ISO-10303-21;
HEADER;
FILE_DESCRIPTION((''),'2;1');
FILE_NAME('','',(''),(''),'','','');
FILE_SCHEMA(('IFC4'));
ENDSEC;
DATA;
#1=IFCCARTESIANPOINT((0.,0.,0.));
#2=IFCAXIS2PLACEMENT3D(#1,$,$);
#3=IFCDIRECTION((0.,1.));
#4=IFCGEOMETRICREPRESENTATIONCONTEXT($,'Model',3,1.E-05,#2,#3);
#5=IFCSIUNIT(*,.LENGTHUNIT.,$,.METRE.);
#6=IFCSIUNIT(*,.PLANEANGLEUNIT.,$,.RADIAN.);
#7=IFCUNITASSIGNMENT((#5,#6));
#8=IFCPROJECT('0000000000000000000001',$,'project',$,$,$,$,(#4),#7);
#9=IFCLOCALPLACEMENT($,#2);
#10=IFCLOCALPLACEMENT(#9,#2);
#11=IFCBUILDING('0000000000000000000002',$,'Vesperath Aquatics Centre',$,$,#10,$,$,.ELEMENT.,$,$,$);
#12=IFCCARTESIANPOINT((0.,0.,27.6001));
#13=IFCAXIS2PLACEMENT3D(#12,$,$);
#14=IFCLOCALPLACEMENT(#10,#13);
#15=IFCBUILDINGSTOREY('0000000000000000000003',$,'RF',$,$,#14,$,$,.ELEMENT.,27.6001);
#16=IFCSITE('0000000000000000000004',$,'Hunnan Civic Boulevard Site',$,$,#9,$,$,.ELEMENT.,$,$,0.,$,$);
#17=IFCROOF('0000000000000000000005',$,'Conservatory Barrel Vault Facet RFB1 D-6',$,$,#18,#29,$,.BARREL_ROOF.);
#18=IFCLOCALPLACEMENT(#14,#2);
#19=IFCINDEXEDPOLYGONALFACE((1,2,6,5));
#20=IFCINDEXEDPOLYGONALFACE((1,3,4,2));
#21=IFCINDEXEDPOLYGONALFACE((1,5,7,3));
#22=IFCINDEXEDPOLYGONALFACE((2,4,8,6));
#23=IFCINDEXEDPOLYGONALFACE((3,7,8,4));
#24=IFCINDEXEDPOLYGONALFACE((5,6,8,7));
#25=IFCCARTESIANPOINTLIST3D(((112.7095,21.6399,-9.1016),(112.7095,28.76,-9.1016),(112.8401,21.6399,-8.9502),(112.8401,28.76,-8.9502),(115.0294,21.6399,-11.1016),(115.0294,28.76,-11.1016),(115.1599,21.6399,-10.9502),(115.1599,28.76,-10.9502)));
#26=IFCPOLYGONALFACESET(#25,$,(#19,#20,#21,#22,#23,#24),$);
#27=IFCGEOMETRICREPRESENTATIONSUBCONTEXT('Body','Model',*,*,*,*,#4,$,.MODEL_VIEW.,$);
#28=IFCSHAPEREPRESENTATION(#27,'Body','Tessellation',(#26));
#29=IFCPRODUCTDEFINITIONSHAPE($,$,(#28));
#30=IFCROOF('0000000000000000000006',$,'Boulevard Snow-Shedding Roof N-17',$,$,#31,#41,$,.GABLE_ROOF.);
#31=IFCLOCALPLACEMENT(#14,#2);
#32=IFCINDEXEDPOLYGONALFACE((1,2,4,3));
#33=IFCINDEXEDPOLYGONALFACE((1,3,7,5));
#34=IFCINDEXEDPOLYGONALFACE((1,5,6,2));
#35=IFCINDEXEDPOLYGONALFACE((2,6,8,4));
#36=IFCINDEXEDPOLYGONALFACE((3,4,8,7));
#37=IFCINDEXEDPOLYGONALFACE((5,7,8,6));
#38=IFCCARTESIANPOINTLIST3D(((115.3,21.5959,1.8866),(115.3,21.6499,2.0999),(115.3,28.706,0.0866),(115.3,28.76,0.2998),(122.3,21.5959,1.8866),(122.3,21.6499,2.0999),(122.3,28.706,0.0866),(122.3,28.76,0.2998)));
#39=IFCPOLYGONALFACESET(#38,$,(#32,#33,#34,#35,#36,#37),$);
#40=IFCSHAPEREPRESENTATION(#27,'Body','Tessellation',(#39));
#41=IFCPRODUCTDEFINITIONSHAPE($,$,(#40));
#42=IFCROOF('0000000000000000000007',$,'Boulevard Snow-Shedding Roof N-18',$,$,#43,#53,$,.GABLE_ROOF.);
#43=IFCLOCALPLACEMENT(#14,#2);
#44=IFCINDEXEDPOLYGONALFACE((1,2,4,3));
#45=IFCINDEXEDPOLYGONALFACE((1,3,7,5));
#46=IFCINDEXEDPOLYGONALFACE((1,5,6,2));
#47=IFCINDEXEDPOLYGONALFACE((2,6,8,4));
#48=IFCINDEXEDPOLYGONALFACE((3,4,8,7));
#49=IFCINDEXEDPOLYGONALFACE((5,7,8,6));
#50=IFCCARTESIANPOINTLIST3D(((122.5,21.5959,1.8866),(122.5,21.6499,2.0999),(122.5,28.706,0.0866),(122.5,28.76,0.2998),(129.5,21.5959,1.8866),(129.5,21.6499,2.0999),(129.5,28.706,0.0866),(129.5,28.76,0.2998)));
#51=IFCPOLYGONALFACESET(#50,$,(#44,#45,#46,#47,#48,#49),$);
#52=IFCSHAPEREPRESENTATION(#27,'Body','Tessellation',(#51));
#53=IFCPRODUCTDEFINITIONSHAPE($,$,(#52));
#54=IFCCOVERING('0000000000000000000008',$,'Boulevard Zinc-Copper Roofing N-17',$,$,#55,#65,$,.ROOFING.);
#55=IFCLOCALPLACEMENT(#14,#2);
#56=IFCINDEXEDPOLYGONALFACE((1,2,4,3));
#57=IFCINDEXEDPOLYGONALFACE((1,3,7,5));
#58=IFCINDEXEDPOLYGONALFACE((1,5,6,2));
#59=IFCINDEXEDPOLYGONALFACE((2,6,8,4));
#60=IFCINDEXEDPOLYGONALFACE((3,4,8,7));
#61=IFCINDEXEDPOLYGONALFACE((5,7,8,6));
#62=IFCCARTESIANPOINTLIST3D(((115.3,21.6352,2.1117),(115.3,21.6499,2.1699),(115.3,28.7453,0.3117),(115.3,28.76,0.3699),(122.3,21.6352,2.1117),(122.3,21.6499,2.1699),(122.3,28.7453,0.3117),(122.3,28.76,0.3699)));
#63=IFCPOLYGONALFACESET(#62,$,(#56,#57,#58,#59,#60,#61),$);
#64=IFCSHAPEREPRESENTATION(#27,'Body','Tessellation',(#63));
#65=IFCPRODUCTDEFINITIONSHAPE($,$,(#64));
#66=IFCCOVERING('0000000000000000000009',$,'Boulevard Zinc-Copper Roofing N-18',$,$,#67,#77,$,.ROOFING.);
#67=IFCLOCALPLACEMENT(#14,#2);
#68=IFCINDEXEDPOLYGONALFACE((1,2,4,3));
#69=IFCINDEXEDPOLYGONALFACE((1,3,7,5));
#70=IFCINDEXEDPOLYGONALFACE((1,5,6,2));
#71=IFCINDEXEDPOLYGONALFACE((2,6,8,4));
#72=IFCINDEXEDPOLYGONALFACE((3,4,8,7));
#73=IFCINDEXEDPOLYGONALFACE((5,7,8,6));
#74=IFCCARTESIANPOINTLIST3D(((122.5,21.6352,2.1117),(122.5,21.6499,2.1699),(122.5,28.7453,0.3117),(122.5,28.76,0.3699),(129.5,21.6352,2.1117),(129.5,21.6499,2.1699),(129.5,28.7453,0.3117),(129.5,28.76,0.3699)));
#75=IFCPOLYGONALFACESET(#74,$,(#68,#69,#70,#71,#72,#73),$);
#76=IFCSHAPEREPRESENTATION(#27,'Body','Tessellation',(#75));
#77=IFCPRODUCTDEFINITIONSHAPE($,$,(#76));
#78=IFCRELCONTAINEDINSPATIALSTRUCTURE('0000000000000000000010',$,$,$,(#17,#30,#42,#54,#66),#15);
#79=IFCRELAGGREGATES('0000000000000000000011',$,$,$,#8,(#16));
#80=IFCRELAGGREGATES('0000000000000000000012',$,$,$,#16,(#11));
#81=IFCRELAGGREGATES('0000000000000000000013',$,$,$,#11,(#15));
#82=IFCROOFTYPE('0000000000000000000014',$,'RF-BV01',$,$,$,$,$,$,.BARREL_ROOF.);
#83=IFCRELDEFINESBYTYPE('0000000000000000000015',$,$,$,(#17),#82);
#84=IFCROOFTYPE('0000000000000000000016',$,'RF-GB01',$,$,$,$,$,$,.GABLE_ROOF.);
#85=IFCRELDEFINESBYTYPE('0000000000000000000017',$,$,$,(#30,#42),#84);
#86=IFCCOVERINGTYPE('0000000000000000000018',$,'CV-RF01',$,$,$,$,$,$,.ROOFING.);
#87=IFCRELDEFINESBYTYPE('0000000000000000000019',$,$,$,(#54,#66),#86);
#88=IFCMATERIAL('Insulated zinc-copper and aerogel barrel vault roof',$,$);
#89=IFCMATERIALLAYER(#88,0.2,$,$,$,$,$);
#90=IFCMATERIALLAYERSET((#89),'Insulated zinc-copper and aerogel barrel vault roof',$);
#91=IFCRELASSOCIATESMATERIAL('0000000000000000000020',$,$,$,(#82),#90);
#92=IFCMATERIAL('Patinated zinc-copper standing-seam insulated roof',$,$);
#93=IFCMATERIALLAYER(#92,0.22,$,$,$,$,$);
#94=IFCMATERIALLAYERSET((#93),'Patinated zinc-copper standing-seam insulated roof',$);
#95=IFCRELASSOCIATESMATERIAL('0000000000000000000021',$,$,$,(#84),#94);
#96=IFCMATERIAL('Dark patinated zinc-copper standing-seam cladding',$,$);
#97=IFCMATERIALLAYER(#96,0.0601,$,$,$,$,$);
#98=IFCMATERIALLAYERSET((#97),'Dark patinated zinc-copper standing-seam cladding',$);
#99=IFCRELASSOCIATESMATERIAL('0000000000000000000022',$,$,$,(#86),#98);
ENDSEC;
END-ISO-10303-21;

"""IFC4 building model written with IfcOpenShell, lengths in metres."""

from ifc_helpers import new_model, si_unit, direction, frame, origin, place, context, subcontext, project, spatial, polyline, outline, extrude, material, layer, layer_set, type_object, element, save


model = new_model("IFC4")

# Units and contexts
model_context = context("Model", 3, precision=1e-05, world=origin(), true_north=direction((0.0, 1.0)))
body_context = subcontext(model_context, "Body", "Model", "MODEL_VIEW")
ifc_project = project(units=[si_unit("LENGTHUNIT", "METRE"), si_unit("PLANEANGLEUNIT", "RADIAN")], contexts=[model_context])

# Site, building, storey
site_placement = place(None, origin())
site = spatial("IfcSite", under=ifc_project, at=site_placement, Name="Hunnan Civic Boulevard Site", CompositionType="ELEMENT", RefElevation=0.0)
building_placement = place(site_placement, origin())
building = spatial("IfcBuilding", under=site, at=building_placement, Name="Vesperath Aquatics Centre", CompositionType="ELEMENT")
storey_placement = place(building_placement, frame((0.0, 0.0, 27.6001)))
storey = spatial("IfcBuildingStorey", under=building, at=storey_placement, Name="RF", CompositionType="ELEMENT", Elevation=27.6001)

# Roofs
ifc_material_1 = material(Name="Insulated zinc-copper and aerogel barrel vault roof")
ifc_layer_1 = layer(ifc_material_1, 0.2)
ifc_layer_set_1 = layer_set([ifc_layer_1], Name="Insulated zinc-copper and aerogel barrel vault roof")
roof_type_1 = type_object("IfcRoofType", Name="RF-BV01", PredefinedType="BARREL_ROOF", material=ifc_layer_set_1)
roof_placement = place(storey_placement, frame((112.8401, 21.6399, -8.9502), z_axis=(0.652968, 0.0, 0.757385), x_axis=(0.757385, 0.0, -0.652968)))
element("IfcRoof", 1, at=roof_placement, inside=storey, type_object=roof_type_1, Name="Conservatory Barrel Vault Facet RFB1 D-6", PredefinedType="BARREL_ROOF", context=body_context, shape_type="SweptSolid", body=[
    extrude(outline(polyline([(0.0, 0.0), (3.0629, 0.0), (3.0629, 7.1201), (0.0, 7.1201), (0.0, 0.0)])), origin(), (0.0, 0.0, -1.0), 0.2),
])
ifc_material_2 = material(Name="Patinated zinc-copper standing-seam insulated roof")
ifc_layer_2 = layer(ifc_material_2, 0.22)
ifc_layer_set_2 = layer_set([ifc_layer_2], Name="Patinated zinc-copper standing-seam insulated roof")
roof_type_2 = type_object("IfcRoofType", Name="RF-GB01", PredefinedType="GABLE_ROOF", material=ifc_layer_set_2)
for number, where, z_axis, x_axis, name in (
    (2, (115.3, 21.6499, 2.0999), (0.0, 0.245425, 0.969416), (1.0, 0.0, 0.0), "Boulevard Snow-Shedding Roof N-17"),
    (3, (122.5, 21.6499, 2.0999), (0.0, 0.245425, 0.969416), (1.0, 0.0, 0.0), "Boulevard Snow-Shedding Roof N-18"),
):
    element("IfcRoof", number, at=place(storey_placement, frame(where, z_axis=z_axis, x_axis=x_axis)), inside=storey, type_object=roof_type_2, Name=name, PredefinedType="GABLE_ROOF", context=body_context, shape_type="SweptSolid", body=[
        extrude(outline(polyline([(0.0, 0.0), (7.0, 0.0), (7.0, 7.3344), (0.0, 7.3344), (0.0, 0.0)])), origin(), (0.0, 0.0, -1.0), 0.22),
    ])

# Coverings
ifc_material_3 = material(Name="Dark patinated zinc-copper standing-seam cladding")
ifc_layer_3 = layer(ifc_material_3, 0.0601)
ifc_layer_set_3 = layer_set([ifc_layer_3], Name="Dark patinated zinc-copper standing-seam cladding")
covering_type = type_object("IfcCoveringType", Name="CV-RF01", PredefinedType="ROOFING", material=ifc_layer_set_3)
for number, where, z_axis, x_axis, name in (
    (4, (115.3, 21.6499, 2.1699), (0.0, 0.245425, 0.969416), (1.0, 0.0, 0.0), "Boulevard Zinc-Copper Roofing N-17"),
    (5, (122.5, 21.6499, 2.1699), (0.0, 0.245425, 0.969416), (1.0, 0.0, 0.0), "Boulevard Zinc-Copper Roofing N-18"),
):
    element("IfcCovering", number, at=place(storey_placement, frame(where, z_axis=z_axis, x_axis=x_axis)), inside=storey, type_object=covering_type, Name=name, PredefinedType="ROOFING", context=body_context, shape_type="SweptSolid", body=[
        extrude(outline(polyline([(0.0, 0.0), (7.0, 0.0), (7.0, 7.3344), (0.0, 7.3344), (0.0, 0.0)])), origin(), (0.0, 0.0, -1.0), 0.0601),
    ])

save(model, "model.ifc")
